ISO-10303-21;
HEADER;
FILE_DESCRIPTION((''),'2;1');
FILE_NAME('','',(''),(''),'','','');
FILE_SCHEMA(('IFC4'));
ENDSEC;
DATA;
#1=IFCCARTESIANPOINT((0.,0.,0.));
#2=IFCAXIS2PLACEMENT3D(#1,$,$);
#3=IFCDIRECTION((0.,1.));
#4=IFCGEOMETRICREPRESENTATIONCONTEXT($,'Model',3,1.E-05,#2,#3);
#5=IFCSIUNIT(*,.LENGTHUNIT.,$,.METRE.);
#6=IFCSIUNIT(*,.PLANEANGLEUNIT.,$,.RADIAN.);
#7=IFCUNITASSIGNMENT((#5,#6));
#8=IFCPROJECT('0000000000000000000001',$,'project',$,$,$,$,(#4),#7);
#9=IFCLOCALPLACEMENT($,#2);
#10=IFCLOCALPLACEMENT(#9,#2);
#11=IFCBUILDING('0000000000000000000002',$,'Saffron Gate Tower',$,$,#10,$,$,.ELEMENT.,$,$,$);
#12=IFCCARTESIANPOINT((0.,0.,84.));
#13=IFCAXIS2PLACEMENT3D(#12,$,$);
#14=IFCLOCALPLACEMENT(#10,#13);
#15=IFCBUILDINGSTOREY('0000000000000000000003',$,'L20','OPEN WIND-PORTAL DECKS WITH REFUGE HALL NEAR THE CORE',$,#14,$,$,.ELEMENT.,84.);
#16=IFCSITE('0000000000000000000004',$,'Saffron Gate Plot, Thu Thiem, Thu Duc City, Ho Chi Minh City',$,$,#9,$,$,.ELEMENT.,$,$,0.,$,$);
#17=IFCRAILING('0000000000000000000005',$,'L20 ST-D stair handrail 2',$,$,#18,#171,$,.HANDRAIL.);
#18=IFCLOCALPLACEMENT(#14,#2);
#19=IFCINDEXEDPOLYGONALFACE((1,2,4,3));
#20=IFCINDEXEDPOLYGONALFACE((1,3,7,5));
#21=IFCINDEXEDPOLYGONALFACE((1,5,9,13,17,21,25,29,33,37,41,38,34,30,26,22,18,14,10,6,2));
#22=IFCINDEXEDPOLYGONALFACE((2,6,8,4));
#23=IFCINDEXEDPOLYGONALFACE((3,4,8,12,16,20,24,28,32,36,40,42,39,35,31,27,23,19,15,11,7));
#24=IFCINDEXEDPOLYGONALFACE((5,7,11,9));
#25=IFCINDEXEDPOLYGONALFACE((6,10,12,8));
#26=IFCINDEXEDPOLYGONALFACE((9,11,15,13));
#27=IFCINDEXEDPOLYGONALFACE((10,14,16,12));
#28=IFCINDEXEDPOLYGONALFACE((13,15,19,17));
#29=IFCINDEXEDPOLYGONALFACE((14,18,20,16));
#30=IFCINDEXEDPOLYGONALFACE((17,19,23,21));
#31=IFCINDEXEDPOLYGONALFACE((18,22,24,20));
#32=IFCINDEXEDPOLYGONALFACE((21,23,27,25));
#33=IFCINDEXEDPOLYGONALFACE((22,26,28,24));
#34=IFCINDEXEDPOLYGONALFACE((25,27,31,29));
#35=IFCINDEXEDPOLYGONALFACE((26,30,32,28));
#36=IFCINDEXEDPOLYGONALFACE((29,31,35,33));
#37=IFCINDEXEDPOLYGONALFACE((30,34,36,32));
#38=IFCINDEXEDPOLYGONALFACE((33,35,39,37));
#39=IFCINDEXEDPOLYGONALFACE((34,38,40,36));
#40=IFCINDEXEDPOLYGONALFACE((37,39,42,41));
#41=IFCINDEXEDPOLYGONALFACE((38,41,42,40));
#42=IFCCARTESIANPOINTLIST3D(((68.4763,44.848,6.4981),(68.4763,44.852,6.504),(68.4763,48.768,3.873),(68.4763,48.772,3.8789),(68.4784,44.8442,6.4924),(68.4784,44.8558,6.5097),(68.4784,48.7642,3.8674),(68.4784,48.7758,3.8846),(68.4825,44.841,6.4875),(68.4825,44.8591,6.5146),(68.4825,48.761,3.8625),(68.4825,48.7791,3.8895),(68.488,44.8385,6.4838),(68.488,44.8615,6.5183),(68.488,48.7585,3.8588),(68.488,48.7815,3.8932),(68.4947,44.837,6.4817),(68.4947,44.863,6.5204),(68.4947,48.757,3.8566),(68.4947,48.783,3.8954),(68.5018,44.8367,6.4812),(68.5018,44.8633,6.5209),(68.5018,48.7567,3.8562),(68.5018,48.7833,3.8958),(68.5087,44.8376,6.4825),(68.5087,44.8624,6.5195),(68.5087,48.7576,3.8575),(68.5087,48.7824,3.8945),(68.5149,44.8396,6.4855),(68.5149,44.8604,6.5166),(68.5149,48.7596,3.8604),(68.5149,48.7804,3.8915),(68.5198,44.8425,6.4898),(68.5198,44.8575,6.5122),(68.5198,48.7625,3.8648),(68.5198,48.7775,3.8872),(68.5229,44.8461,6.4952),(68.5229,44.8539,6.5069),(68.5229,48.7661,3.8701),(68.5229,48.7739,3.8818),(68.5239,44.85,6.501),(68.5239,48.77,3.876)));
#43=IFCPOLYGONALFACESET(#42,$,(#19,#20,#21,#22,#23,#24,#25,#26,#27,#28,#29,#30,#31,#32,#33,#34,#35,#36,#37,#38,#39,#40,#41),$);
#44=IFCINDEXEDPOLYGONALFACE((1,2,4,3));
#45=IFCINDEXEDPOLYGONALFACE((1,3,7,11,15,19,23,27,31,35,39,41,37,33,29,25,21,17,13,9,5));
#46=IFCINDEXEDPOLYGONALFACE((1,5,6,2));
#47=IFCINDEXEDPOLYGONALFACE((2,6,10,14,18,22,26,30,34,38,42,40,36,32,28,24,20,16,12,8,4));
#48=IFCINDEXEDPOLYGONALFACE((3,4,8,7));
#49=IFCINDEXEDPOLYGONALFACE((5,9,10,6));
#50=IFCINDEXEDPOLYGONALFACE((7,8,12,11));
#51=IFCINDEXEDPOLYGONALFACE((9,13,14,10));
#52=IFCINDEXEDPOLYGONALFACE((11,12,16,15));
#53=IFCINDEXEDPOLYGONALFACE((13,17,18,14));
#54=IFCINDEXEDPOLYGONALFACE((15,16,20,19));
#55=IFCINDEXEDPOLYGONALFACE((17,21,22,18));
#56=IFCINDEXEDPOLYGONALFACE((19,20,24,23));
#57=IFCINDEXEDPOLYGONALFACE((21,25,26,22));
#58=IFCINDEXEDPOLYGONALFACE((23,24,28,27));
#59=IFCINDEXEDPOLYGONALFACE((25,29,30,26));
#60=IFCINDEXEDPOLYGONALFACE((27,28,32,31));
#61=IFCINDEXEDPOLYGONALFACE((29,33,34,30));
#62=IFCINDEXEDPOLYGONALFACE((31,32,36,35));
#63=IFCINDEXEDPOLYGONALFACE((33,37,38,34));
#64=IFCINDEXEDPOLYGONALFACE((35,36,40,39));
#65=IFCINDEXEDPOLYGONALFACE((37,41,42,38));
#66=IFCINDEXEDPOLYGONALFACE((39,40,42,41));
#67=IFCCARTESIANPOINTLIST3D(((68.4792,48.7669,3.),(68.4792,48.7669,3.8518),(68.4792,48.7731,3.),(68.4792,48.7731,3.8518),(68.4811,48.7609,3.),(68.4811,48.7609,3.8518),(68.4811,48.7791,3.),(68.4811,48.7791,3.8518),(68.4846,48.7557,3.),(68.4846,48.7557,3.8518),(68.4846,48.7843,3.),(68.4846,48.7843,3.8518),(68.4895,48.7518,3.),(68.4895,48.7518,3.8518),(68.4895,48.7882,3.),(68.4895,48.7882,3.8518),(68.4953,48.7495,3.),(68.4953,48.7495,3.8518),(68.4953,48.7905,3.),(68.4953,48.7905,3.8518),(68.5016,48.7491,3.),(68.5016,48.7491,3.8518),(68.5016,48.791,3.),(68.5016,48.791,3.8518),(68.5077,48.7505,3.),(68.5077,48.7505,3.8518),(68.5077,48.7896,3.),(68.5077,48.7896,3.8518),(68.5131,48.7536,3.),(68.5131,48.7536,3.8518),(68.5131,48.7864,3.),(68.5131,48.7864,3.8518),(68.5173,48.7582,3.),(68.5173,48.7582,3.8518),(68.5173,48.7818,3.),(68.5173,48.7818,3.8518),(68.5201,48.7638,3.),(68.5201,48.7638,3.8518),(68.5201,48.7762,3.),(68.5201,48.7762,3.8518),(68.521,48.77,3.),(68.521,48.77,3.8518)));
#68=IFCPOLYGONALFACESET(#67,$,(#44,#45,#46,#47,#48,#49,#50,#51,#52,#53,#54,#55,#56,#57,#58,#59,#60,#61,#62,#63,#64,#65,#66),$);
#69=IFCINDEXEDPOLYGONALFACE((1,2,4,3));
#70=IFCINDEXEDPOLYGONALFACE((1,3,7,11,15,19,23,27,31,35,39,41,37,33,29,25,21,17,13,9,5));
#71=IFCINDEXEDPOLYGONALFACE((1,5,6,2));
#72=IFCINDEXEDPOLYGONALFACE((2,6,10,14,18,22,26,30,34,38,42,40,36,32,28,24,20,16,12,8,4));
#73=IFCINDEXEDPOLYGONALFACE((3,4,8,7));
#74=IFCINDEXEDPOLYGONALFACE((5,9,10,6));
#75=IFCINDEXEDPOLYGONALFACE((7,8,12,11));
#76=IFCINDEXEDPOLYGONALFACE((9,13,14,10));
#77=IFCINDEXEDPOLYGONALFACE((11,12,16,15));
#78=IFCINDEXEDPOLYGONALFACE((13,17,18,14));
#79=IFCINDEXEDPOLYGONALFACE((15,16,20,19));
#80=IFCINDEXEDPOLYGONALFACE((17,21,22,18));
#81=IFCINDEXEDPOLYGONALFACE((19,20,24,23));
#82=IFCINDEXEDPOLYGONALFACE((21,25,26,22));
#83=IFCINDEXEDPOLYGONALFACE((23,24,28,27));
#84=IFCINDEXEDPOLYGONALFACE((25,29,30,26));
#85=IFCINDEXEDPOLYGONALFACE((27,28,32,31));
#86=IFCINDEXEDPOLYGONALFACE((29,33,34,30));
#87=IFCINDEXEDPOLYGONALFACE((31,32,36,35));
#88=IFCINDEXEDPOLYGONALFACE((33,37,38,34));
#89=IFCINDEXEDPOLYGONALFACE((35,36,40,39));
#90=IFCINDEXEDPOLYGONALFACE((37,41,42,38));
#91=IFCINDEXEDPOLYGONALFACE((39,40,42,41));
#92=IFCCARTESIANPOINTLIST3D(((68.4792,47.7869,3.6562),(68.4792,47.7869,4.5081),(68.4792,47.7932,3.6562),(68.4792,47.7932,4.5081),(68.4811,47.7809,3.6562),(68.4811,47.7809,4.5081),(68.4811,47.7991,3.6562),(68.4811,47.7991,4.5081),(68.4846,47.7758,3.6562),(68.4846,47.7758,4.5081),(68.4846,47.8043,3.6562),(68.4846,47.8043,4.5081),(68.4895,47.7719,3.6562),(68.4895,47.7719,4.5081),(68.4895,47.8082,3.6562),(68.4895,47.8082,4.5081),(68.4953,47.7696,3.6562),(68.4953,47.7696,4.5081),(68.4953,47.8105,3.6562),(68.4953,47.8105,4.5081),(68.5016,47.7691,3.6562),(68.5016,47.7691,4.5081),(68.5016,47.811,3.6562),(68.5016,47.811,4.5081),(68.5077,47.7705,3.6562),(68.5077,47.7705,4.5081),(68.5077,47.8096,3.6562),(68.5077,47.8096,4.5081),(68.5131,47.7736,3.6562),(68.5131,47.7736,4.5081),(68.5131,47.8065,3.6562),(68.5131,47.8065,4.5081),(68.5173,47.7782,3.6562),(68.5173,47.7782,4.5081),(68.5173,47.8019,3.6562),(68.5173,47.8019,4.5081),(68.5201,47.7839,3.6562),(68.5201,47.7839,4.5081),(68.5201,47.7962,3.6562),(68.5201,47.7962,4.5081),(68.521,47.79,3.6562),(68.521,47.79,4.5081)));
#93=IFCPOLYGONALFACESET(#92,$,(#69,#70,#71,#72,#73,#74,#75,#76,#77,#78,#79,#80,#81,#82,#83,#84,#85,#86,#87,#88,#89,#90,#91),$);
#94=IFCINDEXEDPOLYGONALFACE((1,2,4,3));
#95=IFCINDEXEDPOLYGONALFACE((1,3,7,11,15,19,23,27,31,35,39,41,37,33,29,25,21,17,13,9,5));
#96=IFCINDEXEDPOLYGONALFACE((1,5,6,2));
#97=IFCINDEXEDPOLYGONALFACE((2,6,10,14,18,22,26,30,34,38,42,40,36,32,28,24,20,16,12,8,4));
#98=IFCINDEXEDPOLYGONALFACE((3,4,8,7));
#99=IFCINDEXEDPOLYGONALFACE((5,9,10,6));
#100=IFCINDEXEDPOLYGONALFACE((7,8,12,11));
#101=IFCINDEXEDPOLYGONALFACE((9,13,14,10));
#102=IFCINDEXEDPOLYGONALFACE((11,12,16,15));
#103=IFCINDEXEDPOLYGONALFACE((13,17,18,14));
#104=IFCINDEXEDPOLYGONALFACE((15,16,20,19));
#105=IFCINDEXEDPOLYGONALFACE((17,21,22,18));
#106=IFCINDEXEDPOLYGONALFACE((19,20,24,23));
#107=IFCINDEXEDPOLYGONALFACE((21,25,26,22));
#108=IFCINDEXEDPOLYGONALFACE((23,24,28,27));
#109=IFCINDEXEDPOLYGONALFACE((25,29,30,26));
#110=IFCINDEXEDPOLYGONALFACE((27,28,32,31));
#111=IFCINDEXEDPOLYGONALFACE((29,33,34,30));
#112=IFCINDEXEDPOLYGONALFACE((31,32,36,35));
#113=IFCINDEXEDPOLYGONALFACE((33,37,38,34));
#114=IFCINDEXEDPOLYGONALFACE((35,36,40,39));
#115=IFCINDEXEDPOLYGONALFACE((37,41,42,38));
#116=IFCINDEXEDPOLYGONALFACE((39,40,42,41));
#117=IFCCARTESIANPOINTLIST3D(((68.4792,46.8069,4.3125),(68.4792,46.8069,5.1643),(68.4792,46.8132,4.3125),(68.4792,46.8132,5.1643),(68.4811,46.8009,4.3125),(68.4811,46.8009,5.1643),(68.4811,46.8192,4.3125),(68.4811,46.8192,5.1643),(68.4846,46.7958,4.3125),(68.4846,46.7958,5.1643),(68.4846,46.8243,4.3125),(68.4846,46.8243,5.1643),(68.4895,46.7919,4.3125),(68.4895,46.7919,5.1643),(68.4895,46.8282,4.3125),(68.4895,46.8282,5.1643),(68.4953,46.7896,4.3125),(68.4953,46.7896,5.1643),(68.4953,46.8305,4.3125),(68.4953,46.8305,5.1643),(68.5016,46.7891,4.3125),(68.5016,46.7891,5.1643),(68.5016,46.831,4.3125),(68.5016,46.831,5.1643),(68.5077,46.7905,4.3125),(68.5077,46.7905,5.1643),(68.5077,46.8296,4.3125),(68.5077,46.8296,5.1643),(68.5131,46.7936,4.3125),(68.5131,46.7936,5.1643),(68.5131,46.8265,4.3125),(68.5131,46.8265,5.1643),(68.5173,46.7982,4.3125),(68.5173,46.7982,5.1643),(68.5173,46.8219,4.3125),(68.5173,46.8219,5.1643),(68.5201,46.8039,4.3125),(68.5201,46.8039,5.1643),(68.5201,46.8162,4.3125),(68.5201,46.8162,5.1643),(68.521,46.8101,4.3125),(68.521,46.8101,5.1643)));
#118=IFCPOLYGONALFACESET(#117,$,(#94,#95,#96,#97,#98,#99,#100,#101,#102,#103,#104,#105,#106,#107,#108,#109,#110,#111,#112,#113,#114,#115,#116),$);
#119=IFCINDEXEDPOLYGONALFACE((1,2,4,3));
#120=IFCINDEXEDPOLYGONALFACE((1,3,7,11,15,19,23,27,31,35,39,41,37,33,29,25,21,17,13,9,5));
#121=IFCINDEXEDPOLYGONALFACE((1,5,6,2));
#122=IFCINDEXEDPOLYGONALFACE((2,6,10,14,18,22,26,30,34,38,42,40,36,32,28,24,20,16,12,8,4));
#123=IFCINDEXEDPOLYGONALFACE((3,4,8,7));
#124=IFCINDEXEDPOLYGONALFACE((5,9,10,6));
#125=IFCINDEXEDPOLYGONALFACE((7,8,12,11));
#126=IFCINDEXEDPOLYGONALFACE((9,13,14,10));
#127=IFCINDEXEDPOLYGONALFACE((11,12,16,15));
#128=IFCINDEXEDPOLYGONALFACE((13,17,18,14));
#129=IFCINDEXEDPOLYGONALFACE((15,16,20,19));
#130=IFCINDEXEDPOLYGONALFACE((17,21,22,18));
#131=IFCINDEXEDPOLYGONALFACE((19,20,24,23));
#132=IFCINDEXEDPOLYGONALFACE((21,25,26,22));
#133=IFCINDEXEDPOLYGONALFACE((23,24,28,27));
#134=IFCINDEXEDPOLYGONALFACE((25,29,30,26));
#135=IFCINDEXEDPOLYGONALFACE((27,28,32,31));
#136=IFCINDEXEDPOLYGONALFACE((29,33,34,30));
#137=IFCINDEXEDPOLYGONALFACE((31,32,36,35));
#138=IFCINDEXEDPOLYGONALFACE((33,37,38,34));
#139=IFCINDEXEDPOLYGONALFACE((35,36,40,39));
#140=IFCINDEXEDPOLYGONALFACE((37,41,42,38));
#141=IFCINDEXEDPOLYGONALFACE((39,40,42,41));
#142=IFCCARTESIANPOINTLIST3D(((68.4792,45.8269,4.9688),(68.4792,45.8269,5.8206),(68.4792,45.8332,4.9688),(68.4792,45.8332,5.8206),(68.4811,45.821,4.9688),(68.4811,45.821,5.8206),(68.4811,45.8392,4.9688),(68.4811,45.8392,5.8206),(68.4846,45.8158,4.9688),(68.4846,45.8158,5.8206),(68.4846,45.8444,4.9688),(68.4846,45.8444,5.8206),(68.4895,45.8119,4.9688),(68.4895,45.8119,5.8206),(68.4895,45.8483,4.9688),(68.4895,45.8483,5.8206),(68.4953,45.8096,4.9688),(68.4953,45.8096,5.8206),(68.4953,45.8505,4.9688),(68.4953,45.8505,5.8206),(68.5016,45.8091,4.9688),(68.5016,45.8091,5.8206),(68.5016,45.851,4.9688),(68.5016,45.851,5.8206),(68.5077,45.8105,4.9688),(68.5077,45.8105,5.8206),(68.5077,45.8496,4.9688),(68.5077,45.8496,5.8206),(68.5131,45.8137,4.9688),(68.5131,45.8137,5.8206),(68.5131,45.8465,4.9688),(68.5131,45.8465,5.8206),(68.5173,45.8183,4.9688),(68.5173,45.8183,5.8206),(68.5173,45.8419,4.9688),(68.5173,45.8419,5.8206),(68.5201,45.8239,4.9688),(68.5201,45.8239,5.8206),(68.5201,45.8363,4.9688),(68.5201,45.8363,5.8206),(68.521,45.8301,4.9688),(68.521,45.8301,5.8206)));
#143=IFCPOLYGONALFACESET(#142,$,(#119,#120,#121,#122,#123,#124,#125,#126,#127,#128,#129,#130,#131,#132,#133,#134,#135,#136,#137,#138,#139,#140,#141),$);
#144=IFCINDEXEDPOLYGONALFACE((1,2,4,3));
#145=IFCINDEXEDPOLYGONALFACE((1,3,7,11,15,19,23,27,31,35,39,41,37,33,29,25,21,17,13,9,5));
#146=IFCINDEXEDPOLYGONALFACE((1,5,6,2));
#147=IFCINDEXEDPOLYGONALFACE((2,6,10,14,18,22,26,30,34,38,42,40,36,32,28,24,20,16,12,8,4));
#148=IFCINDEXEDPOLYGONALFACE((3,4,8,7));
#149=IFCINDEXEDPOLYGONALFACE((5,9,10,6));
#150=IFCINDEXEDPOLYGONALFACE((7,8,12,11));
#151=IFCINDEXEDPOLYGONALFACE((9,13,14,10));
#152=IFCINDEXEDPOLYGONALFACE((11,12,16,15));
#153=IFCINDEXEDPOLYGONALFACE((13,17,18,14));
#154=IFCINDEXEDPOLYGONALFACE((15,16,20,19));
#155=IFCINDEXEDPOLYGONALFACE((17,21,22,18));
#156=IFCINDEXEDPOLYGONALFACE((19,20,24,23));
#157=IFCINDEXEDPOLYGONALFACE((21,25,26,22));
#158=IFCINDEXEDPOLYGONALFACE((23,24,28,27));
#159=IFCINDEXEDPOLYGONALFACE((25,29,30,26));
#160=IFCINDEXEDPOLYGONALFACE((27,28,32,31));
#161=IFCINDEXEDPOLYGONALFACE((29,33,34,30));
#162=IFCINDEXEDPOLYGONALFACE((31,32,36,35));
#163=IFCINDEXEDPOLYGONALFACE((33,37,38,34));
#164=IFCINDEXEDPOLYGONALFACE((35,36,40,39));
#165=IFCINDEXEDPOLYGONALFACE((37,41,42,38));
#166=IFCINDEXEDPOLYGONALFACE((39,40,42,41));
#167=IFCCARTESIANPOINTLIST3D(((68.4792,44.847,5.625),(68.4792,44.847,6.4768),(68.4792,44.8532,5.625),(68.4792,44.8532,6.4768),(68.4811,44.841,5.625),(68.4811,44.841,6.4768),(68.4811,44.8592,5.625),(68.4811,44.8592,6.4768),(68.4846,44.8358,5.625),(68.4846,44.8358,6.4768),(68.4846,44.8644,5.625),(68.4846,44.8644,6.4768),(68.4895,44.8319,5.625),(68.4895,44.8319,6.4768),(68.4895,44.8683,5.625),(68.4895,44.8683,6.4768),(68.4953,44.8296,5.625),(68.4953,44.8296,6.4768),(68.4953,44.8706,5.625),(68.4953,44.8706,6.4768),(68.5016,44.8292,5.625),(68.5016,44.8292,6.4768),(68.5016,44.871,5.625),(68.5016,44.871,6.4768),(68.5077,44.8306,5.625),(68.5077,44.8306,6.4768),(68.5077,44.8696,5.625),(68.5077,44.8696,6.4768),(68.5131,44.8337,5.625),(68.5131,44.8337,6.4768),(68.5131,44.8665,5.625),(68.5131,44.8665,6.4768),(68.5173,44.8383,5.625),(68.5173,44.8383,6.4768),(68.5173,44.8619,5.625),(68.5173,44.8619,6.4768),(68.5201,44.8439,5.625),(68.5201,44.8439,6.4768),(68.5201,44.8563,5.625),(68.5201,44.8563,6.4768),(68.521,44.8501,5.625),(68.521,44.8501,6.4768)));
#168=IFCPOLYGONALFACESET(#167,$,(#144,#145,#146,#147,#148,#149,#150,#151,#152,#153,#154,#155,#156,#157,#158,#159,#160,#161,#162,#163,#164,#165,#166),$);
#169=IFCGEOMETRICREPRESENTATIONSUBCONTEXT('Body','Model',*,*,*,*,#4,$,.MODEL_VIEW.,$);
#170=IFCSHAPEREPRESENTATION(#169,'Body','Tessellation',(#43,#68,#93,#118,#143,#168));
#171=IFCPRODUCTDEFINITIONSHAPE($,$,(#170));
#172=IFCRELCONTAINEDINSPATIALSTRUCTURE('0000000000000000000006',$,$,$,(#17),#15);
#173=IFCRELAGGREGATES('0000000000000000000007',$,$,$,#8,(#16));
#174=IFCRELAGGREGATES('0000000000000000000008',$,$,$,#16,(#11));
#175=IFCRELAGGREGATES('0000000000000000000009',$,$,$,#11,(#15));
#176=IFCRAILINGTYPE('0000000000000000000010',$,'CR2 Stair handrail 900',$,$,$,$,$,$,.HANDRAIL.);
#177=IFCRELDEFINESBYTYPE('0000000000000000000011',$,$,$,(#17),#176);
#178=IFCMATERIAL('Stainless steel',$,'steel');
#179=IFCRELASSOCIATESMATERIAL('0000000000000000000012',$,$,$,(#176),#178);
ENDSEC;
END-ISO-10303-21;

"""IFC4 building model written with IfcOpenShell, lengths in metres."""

from ifc_helpers import new_model, si_unit, direction, frame, origin, origin_2d, place, context, subcontext, project, spatial, circle, extrude, material, type_object, element, save


model = new_model("IFC4")

# Units and contexts
model_context = context("Model", 3, precision=1e-05, world=origin(), true_north=direction((0.0, 1.0)))
body_context = subcontext(model_context, "Body", "Model", "MODEL_VIEW")
ifc_project = project(units=[si_unit("LENGTHUNIT", "METRE"), si_unit("PLANEANGLEUNIT", "RADIAN")], contexts=[model_context])

# Site, building, storey
site_placement = place(None, origin())
site = spatial("IfcSite", under=ifc_project, at=site_placement, Name="Saffron Gate Plot, Thu Thiem, Thu Duc City, Ho Chi Minh City", CompositionType="ELEMENT", RefElevation=0.0)
building_placement = place(site_placement, origin())
building = spatial("IfcBuilding", under=site, at=building_placement, Name="Saffron Gate Tower", CompositionType="ELEMENT")
storey_placement = place(building_placement, frame((0.0, 0.0, 84.0)))
storey = spatial("IfcBuildingStorey", under=building, at=storey_placement, Name="L20", Description="OPEN WIND-PORTAL DECKS WITH REFUGE HALL NEAR THE CORE", CompositionType="ELEMENT", Elevation=84.0)

# Railing
ifc_material_1 = material(Name="Stainless steel", Category="steel")
railing_type_1 = type_object("IfcRailingType", Name="CR2 Stair handrail 900", PredefinedType="HANDRAIL", material=ifc_material_1)
railing_1_placement = place(storey_placement, frame((68.5, 48.77, 3.0)))
element("IfcRailing", 1, at=railing_1_placement, inside=storey, type_object=railing_type_1, Name="L20 ST-D stair handrail 2", PredefinedType="HANDRAIL", context=body_context, shape_type="SweptSolid", body=[
    extrude(circle(Radius=0.0239, at=origin_2d()), frame((0.0, 0.0, 0.876), z_axis=(0.0, -0.830902, 0.556419), x_axis=(1.0, 0.0, 0.0)), (0.0, 0.0, 1.0), 4.7178),
    extrude(circle(Radius=0.021, at=origin_2d()), origin(), (0.0, 0.0, 1.0), 0.8518),
    extrude(circle(Radius=0.021, at=origin_2d()), frame((0.0, -0.98, 0.6562)), (0.0, 0.0, 1.0), 0.8518),
    extrude(circle(Radius=0.021, at=origin_2d()), frame((0.0, -1.96, 1.3125)), (0.0, 0.0, 1.0), 0.8518),
    extrude(circle(Radius=0.021, at=origin_2d()), frame((0.0, -2.9399, 1.9688)), (0.0, 0.0, 1.0), 0.8518),
    extrude(circle(Radius=0.021, at=origin_2d()), frame((0.0, -3.9199, 2.625)), (0.0, 0.0, 1.0), 0.8518),
])

save(model, "model.ifc")
